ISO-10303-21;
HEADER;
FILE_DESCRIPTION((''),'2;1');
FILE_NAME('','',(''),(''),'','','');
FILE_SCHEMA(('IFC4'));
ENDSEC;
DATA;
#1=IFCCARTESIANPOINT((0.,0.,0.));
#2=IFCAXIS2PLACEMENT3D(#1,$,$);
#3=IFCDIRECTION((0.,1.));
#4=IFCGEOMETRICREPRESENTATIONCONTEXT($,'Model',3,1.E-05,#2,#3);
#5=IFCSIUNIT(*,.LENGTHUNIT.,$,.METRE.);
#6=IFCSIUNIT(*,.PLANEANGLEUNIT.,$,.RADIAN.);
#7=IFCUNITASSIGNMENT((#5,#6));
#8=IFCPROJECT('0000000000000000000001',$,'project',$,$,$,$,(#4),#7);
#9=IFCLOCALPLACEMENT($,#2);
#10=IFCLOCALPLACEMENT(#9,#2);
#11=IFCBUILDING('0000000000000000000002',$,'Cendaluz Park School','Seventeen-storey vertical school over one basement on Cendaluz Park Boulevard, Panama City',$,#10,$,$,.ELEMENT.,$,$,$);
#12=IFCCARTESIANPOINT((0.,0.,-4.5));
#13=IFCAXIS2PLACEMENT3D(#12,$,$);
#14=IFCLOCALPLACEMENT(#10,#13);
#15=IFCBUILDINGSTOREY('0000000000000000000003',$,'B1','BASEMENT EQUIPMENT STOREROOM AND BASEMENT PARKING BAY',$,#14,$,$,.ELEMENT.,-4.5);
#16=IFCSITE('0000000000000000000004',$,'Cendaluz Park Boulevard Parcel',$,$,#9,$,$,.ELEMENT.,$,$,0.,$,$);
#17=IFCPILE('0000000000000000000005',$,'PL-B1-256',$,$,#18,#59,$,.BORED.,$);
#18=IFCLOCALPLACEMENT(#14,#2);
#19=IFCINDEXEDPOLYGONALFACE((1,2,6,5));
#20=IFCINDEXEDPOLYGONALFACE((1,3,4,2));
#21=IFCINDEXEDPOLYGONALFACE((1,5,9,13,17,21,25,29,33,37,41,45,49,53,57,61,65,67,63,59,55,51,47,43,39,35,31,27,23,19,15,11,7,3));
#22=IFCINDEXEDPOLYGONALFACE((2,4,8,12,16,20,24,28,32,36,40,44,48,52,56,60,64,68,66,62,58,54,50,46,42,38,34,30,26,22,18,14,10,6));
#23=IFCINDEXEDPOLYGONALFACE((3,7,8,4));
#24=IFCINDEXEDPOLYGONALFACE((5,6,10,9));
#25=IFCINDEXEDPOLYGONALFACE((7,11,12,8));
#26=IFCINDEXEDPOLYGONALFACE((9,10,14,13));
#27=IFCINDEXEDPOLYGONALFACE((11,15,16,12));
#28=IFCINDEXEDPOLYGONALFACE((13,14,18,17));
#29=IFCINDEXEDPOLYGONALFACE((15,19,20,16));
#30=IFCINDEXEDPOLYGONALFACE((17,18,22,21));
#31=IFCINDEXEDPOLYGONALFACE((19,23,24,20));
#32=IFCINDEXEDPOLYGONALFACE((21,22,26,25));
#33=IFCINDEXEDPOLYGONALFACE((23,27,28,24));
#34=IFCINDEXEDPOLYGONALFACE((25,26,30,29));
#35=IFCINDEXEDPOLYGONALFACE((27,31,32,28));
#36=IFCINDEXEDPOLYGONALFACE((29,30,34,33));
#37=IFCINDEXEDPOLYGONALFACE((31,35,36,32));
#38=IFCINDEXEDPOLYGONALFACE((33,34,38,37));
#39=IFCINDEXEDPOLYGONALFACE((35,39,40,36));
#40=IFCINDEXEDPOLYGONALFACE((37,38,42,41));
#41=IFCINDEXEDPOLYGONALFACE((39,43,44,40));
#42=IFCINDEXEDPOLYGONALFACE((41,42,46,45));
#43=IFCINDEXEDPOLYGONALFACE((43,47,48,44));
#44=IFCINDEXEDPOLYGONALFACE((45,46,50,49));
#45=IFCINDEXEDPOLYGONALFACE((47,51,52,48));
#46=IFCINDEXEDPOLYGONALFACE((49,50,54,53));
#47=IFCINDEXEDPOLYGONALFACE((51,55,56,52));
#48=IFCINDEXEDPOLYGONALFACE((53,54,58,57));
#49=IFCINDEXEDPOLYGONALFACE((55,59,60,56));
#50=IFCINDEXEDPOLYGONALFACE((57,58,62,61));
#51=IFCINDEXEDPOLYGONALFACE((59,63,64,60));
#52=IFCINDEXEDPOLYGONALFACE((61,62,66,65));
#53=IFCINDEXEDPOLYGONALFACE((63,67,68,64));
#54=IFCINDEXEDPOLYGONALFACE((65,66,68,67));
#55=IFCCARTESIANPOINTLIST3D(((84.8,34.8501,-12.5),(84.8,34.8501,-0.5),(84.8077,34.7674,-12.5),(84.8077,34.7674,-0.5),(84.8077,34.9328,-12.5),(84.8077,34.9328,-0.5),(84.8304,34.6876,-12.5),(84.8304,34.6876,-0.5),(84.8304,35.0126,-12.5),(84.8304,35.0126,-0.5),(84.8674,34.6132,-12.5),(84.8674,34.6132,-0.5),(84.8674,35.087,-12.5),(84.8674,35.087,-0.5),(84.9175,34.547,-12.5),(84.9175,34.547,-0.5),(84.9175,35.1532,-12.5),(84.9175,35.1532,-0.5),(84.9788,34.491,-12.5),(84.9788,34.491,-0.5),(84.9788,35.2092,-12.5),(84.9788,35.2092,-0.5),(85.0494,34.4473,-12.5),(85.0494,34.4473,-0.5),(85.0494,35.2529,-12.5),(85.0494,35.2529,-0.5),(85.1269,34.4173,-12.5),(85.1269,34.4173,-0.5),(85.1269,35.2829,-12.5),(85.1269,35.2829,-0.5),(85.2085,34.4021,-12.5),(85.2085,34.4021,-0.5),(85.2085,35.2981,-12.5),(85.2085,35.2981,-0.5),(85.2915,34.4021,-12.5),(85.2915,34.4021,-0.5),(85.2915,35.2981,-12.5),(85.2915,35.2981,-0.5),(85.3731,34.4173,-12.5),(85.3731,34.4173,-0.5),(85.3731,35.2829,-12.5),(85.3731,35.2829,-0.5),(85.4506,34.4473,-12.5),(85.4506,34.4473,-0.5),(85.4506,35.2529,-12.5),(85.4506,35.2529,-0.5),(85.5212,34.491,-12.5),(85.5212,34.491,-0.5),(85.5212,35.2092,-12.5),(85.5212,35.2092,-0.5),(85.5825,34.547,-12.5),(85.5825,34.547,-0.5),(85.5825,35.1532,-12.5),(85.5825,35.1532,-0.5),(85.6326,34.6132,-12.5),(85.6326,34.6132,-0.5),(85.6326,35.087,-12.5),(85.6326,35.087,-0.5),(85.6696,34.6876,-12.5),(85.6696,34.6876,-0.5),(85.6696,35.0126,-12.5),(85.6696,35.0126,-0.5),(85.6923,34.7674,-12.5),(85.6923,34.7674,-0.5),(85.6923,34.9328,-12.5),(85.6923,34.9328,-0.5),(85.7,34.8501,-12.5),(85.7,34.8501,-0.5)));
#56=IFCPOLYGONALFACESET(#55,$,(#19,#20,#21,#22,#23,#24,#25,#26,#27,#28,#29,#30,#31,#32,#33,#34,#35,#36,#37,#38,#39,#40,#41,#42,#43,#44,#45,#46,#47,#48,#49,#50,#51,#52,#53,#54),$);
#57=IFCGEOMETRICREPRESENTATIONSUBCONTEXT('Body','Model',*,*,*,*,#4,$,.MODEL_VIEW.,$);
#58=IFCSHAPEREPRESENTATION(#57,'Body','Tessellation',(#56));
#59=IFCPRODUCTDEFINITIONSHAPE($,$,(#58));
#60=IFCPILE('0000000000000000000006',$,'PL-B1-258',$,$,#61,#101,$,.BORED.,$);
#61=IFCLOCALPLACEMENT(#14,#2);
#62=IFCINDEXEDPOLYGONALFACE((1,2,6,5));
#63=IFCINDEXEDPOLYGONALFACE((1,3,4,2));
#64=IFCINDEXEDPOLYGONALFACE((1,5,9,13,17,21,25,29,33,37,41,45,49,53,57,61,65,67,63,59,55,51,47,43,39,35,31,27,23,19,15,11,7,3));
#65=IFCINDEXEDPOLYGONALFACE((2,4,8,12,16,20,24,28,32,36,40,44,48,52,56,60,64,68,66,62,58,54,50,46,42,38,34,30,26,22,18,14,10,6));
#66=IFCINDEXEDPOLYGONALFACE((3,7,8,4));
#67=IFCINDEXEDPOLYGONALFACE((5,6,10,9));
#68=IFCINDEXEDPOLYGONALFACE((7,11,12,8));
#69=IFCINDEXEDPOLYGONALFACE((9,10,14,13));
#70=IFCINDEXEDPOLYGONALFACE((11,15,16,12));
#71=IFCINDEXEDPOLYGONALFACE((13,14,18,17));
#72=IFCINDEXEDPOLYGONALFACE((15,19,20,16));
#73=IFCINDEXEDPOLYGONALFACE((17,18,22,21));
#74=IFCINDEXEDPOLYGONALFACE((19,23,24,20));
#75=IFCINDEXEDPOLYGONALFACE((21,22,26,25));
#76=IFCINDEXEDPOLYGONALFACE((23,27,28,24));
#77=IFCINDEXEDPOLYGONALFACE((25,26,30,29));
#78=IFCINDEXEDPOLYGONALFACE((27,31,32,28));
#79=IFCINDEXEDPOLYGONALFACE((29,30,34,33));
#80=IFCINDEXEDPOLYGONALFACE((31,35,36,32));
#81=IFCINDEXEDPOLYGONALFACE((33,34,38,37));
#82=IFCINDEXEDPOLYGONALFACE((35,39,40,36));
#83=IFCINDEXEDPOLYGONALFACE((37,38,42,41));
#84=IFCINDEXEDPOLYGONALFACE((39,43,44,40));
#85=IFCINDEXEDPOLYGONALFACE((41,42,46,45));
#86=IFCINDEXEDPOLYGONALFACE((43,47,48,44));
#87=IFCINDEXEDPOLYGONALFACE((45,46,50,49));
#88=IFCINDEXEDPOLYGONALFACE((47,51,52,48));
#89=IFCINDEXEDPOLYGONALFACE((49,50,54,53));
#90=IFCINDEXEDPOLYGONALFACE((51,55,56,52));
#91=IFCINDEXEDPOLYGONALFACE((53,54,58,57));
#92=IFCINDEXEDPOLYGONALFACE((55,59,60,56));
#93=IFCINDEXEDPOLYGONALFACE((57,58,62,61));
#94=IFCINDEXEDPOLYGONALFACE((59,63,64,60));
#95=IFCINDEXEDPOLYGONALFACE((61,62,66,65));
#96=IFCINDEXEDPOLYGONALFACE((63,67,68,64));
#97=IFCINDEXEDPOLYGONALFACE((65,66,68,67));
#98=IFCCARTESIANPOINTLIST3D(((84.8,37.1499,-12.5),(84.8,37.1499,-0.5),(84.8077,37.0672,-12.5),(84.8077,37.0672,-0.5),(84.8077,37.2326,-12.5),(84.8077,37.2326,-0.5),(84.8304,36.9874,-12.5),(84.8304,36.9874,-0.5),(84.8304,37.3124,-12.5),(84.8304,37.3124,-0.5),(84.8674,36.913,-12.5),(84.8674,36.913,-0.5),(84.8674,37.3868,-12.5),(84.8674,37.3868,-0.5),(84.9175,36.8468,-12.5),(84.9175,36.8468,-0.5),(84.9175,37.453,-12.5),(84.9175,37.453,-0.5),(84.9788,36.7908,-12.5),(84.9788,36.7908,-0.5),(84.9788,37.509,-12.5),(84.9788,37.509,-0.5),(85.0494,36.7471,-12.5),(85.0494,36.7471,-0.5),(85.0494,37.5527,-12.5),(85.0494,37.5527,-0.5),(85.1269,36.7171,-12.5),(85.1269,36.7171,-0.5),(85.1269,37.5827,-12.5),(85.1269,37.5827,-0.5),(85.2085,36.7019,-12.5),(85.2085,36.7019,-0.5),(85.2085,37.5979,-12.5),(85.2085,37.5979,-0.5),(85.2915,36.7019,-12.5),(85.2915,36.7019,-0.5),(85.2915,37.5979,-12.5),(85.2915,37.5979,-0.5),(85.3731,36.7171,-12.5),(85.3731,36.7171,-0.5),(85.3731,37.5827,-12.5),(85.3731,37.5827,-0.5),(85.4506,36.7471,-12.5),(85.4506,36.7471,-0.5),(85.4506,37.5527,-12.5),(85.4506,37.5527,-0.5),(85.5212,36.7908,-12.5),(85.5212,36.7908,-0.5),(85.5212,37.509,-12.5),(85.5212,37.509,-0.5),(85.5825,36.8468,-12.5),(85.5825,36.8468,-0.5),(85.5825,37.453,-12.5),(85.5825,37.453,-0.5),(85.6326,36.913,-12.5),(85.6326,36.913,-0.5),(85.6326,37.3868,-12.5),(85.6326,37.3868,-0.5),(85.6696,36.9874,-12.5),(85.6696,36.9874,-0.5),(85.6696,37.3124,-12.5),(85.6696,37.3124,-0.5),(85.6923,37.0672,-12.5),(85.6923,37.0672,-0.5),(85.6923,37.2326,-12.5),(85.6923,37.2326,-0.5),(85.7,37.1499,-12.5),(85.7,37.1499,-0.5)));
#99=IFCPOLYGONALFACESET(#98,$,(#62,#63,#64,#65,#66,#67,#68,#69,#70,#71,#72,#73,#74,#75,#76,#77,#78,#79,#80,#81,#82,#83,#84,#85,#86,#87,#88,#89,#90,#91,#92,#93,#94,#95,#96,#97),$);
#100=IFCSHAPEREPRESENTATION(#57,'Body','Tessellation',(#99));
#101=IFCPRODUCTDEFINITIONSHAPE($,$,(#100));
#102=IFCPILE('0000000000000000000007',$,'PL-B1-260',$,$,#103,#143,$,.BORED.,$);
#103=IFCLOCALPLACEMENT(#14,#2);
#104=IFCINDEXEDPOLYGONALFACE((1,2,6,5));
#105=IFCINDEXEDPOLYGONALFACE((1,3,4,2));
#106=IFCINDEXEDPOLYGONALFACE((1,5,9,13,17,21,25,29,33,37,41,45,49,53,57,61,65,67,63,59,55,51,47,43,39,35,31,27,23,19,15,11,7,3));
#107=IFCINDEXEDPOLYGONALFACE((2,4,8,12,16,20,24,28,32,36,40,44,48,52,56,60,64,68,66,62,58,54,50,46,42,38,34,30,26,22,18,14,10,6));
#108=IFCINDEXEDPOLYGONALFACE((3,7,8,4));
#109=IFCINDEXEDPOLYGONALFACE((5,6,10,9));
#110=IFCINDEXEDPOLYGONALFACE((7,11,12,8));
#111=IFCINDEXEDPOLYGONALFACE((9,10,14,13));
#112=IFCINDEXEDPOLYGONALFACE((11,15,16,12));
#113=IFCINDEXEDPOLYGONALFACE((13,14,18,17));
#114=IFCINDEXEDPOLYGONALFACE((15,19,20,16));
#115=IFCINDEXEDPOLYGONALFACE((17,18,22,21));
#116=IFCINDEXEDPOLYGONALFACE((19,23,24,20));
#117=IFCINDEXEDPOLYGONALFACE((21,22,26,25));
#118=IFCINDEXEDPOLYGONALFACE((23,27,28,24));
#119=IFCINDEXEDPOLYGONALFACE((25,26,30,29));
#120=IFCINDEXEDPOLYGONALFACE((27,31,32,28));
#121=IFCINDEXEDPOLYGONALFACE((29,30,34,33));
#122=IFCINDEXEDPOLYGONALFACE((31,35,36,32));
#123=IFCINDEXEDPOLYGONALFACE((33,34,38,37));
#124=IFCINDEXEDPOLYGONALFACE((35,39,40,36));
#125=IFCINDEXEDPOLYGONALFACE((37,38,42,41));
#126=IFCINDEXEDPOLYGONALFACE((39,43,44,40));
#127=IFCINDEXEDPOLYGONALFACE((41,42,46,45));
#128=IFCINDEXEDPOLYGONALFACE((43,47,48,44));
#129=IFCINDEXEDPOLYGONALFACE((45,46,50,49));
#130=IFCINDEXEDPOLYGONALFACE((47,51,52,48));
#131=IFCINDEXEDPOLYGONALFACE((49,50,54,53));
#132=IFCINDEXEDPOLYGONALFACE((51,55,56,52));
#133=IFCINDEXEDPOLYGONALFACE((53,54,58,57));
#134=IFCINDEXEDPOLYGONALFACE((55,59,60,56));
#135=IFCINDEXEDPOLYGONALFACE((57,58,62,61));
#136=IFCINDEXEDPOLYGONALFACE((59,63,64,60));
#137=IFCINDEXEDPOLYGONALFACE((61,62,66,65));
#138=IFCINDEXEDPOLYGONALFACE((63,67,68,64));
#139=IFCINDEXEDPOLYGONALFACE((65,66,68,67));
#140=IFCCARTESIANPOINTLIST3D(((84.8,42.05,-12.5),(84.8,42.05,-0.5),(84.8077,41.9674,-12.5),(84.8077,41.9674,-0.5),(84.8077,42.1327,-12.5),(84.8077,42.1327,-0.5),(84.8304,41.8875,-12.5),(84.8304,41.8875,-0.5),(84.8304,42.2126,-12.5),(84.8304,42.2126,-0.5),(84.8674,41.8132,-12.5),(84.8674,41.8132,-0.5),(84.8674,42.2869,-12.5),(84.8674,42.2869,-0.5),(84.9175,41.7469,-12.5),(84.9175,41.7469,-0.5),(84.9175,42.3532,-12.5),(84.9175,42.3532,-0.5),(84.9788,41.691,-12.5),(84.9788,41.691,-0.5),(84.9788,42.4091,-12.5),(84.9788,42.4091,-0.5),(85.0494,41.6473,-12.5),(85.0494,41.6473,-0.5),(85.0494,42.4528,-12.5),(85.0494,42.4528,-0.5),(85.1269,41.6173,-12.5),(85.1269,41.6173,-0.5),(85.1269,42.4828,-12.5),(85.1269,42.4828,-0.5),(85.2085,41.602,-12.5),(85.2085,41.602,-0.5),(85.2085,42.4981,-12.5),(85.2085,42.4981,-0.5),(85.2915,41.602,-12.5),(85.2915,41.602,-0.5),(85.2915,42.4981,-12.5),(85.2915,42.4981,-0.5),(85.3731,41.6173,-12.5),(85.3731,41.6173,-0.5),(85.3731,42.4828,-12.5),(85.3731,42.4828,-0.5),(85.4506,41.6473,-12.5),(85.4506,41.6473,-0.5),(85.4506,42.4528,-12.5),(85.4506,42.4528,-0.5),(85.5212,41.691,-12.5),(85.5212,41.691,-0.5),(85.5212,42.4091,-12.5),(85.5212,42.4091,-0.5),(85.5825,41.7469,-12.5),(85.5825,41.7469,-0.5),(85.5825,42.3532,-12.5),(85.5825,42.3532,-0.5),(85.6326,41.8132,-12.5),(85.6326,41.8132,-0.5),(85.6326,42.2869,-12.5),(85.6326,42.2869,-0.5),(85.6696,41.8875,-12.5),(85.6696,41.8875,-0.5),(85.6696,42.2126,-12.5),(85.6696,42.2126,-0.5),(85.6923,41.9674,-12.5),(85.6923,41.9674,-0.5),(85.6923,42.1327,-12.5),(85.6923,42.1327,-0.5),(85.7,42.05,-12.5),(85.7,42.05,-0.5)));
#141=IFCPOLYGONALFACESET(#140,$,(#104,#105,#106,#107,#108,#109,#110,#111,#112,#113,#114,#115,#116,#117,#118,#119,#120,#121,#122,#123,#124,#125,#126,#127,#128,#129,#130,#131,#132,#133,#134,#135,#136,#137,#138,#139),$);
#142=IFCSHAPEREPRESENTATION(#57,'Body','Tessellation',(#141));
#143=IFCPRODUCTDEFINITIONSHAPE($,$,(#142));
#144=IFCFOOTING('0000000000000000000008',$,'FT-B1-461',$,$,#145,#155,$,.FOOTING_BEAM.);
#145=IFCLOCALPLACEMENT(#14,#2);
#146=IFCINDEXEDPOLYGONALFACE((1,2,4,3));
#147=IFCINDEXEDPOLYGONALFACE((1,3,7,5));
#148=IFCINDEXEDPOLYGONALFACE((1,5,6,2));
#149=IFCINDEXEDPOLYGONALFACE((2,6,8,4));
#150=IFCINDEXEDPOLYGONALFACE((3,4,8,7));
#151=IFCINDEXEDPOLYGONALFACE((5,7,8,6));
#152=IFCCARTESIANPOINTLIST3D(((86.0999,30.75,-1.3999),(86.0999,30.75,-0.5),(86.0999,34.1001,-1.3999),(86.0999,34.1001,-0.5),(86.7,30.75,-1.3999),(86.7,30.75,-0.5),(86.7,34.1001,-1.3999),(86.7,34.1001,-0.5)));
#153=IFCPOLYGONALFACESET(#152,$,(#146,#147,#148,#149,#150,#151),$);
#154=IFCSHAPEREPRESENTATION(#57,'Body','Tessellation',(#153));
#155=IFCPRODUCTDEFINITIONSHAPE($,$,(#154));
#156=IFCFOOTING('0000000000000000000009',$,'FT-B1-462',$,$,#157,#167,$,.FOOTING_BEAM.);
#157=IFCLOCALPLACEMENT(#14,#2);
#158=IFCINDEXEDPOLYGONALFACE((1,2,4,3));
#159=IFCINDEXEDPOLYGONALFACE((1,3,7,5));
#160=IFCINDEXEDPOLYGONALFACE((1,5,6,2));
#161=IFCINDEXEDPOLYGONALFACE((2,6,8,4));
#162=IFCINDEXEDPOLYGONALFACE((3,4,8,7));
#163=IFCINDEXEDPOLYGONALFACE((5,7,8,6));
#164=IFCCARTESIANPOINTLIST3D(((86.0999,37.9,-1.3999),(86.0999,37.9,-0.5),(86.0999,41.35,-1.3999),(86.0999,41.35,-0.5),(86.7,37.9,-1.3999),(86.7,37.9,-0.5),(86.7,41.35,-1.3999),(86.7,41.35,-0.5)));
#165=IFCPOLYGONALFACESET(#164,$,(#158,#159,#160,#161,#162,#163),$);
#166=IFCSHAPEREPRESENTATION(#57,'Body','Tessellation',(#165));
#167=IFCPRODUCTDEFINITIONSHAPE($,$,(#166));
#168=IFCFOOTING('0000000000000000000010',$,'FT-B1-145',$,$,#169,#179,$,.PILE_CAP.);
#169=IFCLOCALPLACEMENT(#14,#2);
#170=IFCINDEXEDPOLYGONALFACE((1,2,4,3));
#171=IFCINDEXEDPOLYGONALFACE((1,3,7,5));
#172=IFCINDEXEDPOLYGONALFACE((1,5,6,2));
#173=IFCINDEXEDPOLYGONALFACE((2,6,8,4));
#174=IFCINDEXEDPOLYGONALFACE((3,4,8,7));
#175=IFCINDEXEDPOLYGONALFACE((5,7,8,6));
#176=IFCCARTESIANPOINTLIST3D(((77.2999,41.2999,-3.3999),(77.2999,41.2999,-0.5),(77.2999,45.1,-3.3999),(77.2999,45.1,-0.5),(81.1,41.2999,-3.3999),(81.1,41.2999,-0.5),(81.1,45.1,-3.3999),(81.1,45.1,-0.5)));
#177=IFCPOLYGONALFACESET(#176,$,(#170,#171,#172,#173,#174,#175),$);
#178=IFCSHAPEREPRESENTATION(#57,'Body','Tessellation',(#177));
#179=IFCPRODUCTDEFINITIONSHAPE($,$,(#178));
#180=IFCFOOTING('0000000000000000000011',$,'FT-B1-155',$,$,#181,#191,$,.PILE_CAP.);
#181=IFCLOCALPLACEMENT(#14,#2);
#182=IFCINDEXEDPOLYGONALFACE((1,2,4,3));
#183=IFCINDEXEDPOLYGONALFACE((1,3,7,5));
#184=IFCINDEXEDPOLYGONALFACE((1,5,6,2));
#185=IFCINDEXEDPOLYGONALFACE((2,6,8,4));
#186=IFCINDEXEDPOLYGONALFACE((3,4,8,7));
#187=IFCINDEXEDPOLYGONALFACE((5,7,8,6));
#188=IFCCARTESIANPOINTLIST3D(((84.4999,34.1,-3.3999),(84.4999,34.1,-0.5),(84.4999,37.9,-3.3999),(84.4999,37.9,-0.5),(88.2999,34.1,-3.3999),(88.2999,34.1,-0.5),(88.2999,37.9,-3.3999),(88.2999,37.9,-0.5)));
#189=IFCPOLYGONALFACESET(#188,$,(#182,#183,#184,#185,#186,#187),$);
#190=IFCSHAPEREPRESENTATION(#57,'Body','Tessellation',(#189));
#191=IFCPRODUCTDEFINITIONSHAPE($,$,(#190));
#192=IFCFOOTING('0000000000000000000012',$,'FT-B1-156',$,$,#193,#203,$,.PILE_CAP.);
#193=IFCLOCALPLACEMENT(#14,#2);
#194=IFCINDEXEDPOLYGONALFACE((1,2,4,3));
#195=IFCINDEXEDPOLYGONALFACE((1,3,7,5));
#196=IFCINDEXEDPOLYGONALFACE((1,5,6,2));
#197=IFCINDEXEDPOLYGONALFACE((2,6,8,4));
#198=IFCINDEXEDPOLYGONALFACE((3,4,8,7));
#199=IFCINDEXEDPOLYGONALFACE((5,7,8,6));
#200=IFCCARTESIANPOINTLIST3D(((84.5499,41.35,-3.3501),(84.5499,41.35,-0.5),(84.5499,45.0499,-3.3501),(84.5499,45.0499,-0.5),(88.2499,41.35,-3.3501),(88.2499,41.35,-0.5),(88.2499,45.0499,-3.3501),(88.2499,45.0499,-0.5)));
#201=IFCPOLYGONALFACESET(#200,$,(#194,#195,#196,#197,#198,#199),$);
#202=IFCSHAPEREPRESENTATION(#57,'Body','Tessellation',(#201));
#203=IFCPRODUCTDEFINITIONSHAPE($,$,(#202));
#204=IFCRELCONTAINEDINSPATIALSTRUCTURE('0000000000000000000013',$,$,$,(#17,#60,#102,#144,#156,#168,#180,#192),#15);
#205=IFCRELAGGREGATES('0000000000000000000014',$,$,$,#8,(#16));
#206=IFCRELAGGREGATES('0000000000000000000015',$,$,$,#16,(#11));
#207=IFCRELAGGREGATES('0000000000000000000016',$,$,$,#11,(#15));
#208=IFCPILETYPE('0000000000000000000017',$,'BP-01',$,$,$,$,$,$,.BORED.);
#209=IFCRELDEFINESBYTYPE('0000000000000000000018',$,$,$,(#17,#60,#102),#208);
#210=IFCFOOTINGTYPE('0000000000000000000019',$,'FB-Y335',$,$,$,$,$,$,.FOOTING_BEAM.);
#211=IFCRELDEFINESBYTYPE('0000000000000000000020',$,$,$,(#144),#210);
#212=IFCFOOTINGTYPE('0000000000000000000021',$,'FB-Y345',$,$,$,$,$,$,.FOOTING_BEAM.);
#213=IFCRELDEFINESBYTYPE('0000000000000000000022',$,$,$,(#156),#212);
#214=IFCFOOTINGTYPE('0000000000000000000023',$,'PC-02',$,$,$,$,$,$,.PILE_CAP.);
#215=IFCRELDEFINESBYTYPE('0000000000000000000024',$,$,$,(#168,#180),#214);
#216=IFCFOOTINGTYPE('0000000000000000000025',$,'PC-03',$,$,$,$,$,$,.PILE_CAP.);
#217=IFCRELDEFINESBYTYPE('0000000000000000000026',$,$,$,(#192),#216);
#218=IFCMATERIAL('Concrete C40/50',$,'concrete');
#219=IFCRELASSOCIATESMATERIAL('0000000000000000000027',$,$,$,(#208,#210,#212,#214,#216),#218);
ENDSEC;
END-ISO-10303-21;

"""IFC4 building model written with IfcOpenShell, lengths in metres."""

from ifc_helpers import new_model, si_unit, direction, frame, origin, origin_2d, place, context, subcontext, project, spatial, rectangle, circle, extrude, material, material_profile, profile_set, type_object, element, save


model = new_model("IFC4")

# Units and contexts
model_context = context("Model", 3, precision=1e-05, world=origin(), true_north=direction((0.0, 1.0)))
body_context = subcontext(model_context, "Body", "Model", "MODEL_VIEW")
ifc_project = project(units=[si_unit("LENGTHUNIT", "METRE"), si_unit("PLANEANGLEUNIT", "RADIAN")], contexts=[model_context])

# Site, building, storey
site_placement = place(None, origin())
site = spatial("IfcSite", under=ifc_project, at=site_placement, Name="Cendaluz Park Boulevard Parcel", CompositionType="ELEMENT", RefElevation=0.0)
building_placement = place(site_placement, origin())
building = spatial("IfcBuilding", under=site, at=building_placement, Name="Cendaluz Park School", Description="Seventeen-storey vertical school over one basement on Cendaluz Park Boulevard, Panama City", CompositionType="ELEMENT")
storey_placement = place(building_placement, frame((0.0, 0.0, -4.5)))
storey = spatial("IfcBuildingStorey", under=building, at=storey_placement, Name="B1", Description="BASEMENT EQUIPMENT STOREROOM AND BASEMENT PARKING BAY", CompositionType="ELEMENT", Elevation=-4.5)

# Piles
ifc_material_1 = material(Name="Concrete C40/50", Category="concrete")
ifc_material_profile_1 = material_profile(ifc_material_1, circle(Radius=0.45, at=origin_2d()), Name="BP D900", Category="concrete")
ifc_profile_set_1 = profile_set([ifc_material_profile_1], Name="Concrete C40/50")
pile_type = type_object("IfcPileType", Name="BP-01", PredefinedType="BORED", material=ifc_profile_set_1)
for number, where, z_axis, x_axis, name in (
    (1, (85.25, 34.8501, -0.5), (0.0, 0.0, -1.0), (1.0, 0.0, 0.0), "PL-B1-256"),
    (2, (85.25, 37.1499, -0.5), (0.0, 0.0, -1.0), (1.0, 0.0, 0.0), "PL-B1-258"),
    (3, (85.25, 42.05, -0.5), (0.0, 0.0, -1.0), (1.0, 0.0, 0.0), "PL-B1-260"),
):
    element("IfcPile", number, at=place(storey_placement, frame(where, z_axis=z_axis, x_axis=x_axis)), inside=storey, type_object=pile_type, Name=name, PredefinedType="BORED", context=body_context, shape_type="SweptSolid", body=[
        extrude(circle(Radius=0.45, at=origin_2d()), origin(), (0.0, 0.0, 1.0), 12.0),
    ])

# Footings
footing_type_1 = type_object("IfcFootingType", Name="FB-Y335", PredefinedType="FOOTING_BEAM", material=ifc_material_1)
footing_1_placement = place(storey_placement, frame((86.3999, 32.425, -1.3999), z_axis=(0.0, 0.0, 1.0), x_axis=(1.0, 0.0, 0.0)))
element("IfcFooting", 4, at=footing_1_placement, inside=storey, type_object=footing_type_1, Name="FT-B1-461", PredefinedType="FOOTING_BEAM", context=body_context, shape_type="SweptSolid", body=[
    extrude(rectangle(XDim=0.6001, YDim=3.3501, at=origin_2d()), origin(), (0.0, 0.0, 1.0), 0.8999),
])
footing_type_2 = type_object("IfcFootingType", Name="FB-Y345", PredefinedType="FOOTING_BEAM", material=ifc_material_1)
footing_2_placement = place(storey_placement, frame((86.3999, 39.625, -1.3999), z_axis=(0.0, 0.0, 1.0), x_axis=(1.0, 0.0, 0.0)))
element("IfcFooting", 5, at=footing_2_placement, inside=storey, type_object=footing_type_2, Name="FT-B1-462", PredefinedType="FOOTING_BEAM", context=body_context, shape_type="SweptSolid", body=[
    extrude(rectangle(XDim=0.6001, YDim=3.45, at=origin_2d()), origin(), (0.0, 0.0, 1.0), 0.8999),
])
footing_type_3 = type_object("IfcFootingType", Name="PC-02", PredefinedType="PILE_CAP", material=ifc_material_1)
for number, where, z_axis, x_axis, name in (
    (6, (79.2, 43.2, -3.3999), (0.0, 0.0, 1.0), (1.0, 0.0, 0.0), "FT-B1-145"),
    (7, (86.3999, 36.0, -3.3999), (0.0, 0.0, 1.0), (1.0, 0.0, 0.0), "FT-B1-155"),
):
    element("IfcFooting", number, at=place(storey_placement, frame(where, z_axis=z_axis, x_axis=x_axis)), inside=storey, type_object=footing_type_3, Name=name, PredefinedType="PILE_CAP", context=body_context, shape_type="SweptSolid", body=[
        extrude(rectangle(XDim=3.8, YDim=3.8, at=origin_2d()), origin(), (0.0, 0.0, 1.0), 2.8999),
    ])
footing_type_4 = type_object("IfcFootingType", Name="PC-03", PredefinedType="PILE_CAP", material=ifc_material_1)
footing_3_placement = place(storey_placement, frame((86.3999, 43.2, -3.3501), z_axis=(0.0, 0.0, 1.0), x_axis=(1.0, 0.0, 0.0)))
element("IfcFooting", 8, at=footing_3_placement, inside=storey, type_object=footing_type_4, Name="FT-B1-156", PredefinedType="PILE_CAP", context=body_context, shape_type="SweptSolid", body=[
    extrude(rectangle(XDim=3.7, YDim=3.7, at=origin_2d()), origin(), (0.0, 0.0, 1.0), 2.8501),
])

save(model, "model.ifc")
